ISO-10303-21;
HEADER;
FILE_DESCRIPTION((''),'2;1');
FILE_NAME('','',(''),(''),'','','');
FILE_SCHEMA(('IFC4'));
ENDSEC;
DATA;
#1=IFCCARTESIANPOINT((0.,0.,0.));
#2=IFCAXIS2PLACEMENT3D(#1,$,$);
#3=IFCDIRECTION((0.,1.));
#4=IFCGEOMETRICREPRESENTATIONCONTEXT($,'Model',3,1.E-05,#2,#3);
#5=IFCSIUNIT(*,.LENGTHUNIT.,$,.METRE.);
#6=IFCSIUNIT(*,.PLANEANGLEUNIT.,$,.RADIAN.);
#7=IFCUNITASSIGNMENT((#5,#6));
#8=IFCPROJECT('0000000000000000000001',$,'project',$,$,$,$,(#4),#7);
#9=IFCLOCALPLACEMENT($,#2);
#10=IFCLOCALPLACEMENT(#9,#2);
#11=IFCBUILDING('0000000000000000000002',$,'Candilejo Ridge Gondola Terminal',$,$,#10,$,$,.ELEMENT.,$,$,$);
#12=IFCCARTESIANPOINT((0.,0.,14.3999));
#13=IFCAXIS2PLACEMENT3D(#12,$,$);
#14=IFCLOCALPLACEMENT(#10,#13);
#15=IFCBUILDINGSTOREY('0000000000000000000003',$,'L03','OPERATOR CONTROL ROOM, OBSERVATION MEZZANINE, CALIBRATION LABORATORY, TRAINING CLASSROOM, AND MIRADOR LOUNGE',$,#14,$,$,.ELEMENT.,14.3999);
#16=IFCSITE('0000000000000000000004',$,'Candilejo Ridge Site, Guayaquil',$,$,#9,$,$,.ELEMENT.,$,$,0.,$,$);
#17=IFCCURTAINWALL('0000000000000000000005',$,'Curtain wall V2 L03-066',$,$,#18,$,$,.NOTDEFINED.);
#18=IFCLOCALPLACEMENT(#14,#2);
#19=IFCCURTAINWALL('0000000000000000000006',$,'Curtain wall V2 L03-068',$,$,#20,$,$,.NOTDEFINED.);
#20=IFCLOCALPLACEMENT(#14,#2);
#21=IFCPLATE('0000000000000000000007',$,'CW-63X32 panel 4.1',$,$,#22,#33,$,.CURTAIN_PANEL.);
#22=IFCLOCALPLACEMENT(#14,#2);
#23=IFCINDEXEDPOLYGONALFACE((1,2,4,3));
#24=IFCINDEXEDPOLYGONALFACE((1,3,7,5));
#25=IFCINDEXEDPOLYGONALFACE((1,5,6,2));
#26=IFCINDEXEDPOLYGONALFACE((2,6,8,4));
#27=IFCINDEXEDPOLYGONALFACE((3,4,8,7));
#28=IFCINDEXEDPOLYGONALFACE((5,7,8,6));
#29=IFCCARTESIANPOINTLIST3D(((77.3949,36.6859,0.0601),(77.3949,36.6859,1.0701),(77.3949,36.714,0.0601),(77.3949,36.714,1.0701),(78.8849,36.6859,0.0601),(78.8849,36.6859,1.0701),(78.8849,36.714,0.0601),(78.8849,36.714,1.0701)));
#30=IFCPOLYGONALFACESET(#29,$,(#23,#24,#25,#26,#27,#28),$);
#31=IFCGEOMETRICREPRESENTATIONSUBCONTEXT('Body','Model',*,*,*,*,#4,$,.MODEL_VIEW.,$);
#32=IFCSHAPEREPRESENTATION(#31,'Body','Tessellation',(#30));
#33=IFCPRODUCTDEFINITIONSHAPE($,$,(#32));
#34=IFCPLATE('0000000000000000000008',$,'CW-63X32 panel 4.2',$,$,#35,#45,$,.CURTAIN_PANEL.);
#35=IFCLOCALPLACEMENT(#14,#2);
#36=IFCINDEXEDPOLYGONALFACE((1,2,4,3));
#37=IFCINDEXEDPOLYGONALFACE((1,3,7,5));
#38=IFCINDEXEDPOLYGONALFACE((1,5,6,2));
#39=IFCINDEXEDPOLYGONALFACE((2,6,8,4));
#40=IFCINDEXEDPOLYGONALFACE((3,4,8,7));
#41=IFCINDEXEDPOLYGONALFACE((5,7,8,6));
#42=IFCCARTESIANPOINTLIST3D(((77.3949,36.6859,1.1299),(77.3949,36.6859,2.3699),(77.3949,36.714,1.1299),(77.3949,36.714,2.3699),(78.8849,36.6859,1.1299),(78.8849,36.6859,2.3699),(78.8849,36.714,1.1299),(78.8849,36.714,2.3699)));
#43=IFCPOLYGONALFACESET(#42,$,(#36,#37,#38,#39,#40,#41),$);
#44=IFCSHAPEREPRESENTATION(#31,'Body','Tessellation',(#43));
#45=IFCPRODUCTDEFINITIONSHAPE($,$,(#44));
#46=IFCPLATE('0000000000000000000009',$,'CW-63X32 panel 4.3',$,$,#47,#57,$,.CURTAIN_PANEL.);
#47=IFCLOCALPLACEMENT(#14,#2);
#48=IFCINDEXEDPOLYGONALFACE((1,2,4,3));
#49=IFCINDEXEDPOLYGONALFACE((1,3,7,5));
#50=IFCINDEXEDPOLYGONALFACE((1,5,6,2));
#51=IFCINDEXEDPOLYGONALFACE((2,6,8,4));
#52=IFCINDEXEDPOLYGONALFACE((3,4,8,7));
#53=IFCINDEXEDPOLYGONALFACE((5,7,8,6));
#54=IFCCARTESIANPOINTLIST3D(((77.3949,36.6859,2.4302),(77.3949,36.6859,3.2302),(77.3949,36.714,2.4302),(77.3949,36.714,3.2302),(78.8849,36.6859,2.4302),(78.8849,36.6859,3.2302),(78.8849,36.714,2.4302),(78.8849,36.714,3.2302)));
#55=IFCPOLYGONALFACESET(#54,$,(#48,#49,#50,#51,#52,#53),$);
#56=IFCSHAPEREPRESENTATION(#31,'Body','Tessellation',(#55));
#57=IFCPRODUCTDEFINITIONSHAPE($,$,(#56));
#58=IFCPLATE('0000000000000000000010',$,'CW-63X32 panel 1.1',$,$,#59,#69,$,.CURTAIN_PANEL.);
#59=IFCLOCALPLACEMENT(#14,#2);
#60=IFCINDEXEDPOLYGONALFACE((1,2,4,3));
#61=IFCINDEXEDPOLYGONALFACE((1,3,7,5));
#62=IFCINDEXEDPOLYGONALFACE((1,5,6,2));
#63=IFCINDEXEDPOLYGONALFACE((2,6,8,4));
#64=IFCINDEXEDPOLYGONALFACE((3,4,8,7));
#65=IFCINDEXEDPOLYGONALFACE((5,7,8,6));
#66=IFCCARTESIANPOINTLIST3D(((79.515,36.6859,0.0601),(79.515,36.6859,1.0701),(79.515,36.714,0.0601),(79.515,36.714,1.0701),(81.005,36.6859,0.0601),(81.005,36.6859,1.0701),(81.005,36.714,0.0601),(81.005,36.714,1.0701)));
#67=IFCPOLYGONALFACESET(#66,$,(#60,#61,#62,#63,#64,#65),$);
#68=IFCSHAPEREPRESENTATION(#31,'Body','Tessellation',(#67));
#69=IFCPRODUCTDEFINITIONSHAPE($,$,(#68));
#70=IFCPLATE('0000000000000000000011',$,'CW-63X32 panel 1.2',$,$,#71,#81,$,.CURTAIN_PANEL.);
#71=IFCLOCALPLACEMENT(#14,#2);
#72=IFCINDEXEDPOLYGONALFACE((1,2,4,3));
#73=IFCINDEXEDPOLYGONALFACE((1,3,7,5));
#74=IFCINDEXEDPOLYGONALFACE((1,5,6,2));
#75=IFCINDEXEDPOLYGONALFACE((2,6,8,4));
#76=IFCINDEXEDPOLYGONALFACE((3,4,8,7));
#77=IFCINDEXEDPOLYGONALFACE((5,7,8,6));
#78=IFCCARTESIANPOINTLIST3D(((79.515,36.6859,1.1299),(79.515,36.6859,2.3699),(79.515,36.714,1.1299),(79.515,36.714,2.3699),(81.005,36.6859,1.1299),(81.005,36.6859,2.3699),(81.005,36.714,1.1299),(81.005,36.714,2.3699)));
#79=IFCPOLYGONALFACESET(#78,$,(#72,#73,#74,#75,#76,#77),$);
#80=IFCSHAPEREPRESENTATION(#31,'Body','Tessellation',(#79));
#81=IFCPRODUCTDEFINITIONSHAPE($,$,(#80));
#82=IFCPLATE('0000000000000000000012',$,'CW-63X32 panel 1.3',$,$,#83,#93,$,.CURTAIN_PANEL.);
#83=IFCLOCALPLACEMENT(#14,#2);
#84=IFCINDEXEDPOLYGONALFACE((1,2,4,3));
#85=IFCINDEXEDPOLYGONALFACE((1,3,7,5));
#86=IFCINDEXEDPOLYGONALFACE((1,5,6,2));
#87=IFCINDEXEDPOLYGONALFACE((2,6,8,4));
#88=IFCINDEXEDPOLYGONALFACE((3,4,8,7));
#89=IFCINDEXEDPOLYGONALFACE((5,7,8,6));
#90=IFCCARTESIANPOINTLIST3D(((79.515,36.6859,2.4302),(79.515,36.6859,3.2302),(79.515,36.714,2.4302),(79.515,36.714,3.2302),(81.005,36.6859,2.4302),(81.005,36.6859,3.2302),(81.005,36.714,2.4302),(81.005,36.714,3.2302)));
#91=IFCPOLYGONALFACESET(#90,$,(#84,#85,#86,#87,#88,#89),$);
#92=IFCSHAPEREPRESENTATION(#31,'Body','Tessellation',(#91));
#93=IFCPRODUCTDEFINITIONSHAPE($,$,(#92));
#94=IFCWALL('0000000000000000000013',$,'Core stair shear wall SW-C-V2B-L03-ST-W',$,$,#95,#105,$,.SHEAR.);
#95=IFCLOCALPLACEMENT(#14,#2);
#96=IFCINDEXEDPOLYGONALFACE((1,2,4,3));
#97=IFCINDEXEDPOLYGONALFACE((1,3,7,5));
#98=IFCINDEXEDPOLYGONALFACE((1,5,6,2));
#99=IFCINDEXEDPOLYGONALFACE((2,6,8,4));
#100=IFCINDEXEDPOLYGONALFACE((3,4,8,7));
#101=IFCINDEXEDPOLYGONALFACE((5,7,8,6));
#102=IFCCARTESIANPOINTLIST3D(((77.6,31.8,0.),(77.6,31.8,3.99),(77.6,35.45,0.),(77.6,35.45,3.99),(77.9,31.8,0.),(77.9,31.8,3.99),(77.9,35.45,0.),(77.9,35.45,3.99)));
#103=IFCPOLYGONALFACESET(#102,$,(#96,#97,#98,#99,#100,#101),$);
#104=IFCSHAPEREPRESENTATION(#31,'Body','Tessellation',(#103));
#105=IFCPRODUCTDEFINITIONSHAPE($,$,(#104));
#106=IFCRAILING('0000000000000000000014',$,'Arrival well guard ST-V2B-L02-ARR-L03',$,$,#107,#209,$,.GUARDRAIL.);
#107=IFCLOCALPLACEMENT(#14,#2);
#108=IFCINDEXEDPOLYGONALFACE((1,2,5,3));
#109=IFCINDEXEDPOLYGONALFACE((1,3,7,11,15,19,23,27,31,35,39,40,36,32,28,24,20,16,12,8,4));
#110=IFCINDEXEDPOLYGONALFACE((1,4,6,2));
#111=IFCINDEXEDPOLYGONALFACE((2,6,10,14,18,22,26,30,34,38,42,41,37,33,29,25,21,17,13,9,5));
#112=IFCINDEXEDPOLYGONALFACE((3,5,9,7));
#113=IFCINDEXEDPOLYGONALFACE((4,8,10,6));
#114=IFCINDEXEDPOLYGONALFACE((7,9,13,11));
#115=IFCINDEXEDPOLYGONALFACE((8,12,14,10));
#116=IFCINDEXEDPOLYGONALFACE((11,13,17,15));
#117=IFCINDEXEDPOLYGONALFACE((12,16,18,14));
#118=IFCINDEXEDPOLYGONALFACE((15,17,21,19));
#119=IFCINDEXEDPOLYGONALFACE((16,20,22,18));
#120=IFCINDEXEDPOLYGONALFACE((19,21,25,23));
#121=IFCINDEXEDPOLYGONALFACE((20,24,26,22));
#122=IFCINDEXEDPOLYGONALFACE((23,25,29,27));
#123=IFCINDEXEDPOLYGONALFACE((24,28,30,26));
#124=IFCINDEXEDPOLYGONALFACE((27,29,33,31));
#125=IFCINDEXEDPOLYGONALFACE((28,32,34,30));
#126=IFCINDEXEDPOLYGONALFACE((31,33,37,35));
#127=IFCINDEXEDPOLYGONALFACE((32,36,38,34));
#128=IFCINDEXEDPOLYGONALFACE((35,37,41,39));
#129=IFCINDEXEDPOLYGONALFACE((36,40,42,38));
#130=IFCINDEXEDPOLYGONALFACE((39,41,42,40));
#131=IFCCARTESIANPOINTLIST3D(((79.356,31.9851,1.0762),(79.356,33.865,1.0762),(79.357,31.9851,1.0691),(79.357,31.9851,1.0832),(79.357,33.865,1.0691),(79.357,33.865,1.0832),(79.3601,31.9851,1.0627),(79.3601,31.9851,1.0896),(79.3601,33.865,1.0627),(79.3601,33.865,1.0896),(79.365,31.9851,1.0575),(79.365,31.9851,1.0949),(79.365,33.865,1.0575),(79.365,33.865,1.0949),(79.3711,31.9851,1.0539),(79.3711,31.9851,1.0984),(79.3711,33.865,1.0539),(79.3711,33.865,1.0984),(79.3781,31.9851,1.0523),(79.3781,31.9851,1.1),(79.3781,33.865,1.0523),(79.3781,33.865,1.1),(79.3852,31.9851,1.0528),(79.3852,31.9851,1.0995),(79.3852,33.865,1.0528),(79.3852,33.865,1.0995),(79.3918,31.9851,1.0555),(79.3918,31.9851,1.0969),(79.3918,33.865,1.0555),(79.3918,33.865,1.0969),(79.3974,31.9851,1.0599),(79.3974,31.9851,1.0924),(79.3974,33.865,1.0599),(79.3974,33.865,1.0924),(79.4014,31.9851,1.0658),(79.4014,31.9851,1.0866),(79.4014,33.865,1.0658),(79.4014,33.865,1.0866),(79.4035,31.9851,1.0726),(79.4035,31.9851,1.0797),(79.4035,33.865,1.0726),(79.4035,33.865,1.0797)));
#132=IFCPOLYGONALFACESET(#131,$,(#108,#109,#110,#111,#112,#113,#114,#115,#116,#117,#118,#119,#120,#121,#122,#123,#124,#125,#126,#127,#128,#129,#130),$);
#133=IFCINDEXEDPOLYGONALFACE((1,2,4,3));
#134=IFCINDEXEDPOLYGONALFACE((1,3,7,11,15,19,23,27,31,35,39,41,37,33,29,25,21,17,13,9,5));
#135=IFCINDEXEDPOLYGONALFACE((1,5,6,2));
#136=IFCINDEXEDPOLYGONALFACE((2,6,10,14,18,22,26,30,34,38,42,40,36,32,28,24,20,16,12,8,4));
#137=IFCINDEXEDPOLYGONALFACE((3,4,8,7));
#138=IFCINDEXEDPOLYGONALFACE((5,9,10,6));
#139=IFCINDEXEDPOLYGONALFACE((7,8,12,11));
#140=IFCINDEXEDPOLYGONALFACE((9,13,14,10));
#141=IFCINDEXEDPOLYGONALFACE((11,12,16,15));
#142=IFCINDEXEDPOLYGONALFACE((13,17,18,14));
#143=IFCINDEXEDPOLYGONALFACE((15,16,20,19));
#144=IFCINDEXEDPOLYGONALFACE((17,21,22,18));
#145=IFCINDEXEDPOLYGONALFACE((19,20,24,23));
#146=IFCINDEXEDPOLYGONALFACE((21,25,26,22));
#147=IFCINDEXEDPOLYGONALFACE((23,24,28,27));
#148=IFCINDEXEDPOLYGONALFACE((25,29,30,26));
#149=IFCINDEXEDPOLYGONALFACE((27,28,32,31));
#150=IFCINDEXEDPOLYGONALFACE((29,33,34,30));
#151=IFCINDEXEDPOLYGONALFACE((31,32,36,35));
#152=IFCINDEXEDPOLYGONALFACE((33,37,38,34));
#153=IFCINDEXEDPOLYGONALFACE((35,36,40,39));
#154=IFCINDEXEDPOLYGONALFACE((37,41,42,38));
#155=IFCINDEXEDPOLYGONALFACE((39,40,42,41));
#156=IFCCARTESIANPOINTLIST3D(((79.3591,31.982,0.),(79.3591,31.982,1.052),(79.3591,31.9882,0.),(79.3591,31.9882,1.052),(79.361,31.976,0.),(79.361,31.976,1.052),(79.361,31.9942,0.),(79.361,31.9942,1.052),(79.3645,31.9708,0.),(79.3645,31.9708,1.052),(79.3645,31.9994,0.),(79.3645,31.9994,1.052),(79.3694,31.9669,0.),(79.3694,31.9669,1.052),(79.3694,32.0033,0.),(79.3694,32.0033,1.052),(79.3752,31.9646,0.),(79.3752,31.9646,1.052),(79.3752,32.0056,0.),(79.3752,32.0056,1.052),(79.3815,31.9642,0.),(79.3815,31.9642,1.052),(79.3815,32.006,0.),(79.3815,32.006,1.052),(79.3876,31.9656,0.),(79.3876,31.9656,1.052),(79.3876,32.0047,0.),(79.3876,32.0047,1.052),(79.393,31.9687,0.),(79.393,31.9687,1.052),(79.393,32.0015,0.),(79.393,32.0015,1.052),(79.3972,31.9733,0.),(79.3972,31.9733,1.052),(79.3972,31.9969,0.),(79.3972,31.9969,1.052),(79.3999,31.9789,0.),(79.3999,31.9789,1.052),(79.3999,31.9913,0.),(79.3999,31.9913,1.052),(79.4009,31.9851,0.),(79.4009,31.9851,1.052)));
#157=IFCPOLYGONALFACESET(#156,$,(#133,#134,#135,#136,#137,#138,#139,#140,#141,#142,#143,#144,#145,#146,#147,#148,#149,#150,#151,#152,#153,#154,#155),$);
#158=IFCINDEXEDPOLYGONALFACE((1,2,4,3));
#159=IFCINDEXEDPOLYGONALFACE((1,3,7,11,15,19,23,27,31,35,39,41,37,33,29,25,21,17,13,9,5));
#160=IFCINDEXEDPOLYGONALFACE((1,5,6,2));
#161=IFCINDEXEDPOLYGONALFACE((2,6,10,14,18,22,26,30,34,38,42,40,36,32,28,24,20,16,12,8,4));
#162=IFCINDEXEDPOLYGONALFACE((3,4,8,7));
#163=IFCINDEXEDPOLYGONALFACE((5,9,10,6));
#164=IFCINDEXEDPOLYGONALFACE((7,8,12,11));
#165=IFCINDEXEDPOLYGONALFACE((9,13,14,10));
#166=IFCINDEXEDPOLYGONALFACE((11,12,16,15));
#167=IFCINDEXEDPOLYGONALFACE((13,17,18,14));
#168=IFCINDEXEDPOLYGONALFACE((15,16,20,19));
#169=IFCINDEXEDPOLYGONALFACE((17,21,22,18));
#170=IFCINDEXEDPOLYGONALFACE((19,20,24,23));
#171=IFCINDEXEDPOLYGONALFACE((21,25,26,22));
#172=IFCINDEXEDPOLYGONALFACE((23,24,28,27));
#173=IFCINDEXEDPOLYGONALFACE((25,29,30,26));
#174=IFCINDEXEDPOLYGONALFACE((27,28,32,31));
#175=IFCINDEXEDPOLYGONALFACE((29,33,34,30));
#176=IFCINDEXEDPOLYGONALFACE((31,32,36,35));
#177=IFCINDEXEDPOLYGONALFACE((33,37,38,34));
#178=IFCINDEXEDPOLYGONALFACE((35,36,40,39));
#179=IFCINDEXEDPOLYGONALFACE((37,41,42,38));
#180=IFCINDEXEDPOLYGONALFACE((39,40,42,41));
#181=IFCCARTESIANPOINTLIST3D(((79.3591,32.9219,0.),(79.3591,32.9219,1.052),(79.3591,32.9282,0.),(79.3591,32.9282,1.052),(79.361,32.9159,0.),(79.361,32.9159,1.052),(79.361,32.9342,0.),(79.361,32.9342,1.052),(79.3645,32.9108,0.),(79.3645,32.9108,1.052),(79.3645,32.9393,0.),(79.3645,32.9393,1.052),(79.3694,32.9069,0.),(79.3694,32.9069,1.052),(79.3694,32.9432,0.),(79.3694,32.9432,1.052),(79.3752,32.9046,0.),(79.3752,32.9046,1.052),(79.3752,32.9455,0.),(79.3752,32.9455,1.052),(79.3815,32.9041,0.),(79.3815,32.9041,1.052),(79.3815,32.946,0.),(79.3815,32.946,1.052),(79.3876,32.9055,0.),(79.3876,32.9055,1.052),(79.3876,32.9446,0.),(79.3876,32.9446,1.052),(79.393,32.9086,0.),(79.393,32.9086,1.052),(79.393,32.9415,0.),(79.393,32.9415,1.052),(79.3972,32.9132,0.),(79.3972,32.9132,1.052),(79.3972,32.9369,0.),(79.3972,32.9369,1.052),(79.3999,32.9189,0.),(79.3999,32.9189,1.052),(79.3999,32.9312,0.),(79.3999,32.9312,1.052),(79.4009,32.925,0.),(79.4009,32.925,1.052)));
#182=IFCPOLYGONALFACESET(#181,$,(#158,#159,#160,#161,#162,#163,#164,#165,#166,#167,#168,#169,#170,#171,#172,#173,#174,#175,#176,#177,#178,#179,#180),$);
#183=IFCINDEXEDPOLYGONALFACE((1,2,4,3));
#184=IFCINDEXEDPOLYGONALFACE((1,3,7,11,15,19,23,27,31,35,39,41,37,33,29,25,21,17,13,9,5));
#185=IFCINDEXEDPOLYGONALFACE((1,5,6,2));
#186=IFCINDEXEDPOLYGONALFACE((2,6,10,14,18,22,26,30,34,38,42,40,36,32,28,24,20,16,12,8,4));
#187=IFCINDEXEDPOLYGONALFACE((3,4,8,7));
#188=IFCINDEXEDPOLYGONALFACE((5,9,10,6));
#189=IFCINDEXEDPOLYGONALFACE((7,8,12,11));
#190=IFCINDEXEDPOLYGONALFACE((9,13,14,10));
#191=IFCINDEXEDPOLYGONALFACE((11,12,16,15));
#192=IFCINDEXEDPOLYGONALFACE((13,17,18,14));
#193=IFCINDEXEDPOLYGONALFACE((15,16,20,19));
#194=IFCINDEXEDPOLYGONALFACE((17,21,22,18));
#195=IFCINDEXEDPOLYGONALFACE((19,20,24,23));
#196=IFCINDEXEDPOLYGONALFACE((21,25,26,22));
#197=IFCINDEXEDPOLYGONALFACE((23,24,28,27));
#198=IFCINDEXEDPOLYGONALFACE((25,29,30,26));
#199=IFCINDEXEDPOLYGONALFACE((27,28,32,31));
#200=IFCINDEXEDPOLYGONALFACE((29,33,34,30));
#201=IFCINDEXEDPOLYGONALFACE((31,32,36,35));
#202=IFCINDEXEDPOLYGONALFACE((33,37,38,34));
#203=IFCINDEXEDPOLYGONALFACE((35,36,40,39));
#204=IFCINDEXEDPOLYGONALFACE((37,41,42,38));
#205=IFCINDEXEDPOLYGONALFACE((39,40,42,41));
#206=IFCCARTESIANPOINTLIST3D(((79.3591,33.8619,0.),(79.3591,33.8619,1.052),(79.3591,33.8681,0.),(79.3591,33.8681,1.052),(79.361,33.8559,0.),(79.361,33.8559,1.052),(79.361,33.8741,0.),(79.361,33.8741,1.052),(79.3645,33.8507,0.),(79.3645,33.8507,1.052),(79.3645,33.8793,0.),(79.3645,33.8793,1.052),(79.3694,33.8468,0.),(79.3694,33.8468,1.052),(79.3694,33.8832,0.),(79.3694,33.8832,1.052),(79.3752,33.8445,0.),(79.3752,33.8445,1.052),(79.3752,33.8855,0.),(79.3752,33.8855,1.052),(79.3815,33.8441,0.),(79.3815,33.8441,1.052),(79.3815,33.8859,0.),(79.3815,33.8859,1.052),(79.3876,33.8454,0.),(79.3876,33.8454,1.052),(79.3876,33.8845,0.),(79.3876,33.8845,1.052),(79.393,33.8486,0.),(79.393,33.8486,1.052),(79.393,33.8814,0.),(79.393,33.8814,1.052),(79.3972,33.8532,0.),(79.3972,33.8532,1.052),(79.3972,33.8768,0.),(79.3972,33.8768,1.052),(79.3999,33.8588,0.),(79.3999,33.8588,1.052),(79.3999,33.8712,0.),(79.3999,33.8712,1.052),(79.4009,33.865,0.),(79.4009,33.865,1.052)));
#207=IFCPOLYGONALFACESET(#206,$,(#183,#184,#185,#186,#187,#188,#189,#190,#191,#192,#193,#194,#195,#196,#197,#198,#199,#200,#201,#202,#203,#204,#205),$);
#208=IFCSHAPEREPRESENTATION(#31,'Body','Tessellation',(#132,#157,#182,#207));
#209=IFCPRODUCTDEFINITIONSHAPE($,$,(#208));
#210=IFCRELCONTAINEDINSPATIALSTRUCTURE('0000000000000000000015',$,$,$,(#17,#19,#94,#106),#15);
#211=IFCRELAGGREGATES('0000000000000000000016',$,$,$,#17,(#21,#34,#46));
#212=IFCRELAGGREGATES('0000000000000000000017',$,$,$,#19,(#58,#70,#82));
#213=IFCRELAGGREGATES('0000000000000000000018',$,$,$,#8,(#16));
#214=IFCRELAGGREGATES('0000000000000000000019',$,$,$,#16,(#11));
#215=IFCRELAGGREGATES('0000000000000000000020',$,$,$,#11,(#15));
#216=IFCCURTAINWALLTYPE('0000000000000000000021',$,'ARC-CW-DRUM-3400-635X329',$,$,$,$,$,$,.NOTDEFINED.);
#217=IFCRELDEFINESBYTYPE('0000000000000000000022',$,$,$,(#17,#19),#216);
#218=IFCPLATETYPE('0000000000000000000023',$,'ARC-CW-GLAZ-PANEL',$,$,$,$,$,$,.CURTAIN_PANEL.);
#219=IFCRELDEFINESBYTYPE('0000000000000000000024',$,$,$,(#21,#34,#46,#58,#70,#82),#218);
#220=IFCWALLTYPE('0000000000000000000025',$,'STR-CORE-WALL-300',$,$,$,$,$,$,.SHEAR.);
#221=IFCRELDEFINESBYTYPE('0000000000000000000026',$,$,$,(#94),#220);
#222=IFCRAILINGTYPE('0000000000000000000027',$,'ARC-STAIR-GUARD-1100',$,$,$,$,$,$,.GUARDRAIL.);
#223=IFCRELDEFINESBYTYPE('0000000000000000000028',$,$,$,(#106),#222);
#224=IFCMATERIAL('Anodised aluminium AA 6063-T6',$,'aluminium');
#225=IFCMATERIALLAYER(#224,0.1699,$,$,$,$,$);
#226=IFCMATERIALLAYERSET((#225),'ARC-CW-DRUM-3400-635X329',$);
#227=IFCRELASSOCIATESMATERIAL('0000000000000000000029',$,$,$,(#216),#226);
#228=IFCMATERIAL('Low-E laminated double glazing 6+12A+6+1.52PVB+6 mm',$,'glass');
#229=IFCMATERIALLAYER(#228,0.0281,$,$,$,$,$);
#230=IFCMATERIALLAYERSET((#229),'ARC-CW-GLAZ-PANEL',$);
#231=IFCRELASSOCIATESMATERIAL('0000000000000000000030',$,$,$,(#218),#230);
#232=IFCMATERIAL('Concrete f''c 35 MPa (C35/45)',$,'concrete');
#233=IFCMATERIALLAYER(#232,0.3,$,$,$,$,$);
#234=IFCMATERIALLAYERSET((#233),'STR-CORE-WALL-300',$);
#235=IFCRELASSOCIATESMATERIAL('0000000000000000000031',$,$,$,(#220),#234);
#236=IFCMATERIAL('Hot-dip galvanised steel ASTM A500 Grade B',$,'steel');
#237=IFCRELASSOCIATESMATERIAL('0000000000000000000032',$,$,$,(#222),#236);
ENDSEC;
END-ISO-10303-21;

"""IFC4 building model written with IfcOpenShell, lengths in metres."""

from ifc_helpers import new_model, si_unit, direction, frame, frame_2d, origin, origin_2d, place, context, subcontext, project, spatial, rectangle, circle, extrude, material, layer, layer_set, type_object, element, aggregate, save


model = new_model("IFC4")

# Units and contexts
model_context = context("Model", 3, precision=1e-05, world=origin(), true_north=direction((0.0, 1.0)))
body_context = subcontext(model_context, "Body", "Model", "MODEL_VIEW")
ifc_project = project(units=[si_unit("LENGTHUNIT", "METRE"), si_unit("PLANEANGLEUNIT", "RADIAN")], contexts=[model_context])

# Site, building, storey
site_placement = place(None, origin())
site = spatial("IfcSite", under=ifc_project, at=site_placement, Name="Candilejo Ridge Site, Guayaquil", CompositionType="ELEMENT", RefElevation=0.0)
building_placement = place(site_placement, origin())
building = spatial("IfcBuilding", under=site, at=building_placement, Name="Candilejo Ridge Gondola Terminal", CompositionType="ELEMENT")
storey_placement = place(building_placement, frame((0.0, 0.0, 14.3999)))
storey = spatial("IfcBuildingStorey", under=building, at=storey_placement, Name="L03", Description="OPERATOR CONTROL ROOM, OBSERVATION MEZZANINE, CALIBRATION LABORATORY, TRAINING CLASSROOM, AND MIRADOR LOUNGE", CompositionType="ELEMENT", Elevation=14.3999)

# Curtain wall
ifc_material_1 = material(Name="Anodised aluminium AA 6063-T6", Category="aluminium")
ifc_layer_1 = layer(ifc_material_1, 0.1699)
ifc_layer_set_1 = layer_set([ifc_layer_1], Name="ARC-CW-DRUM-3400-635X329")
curtain_wall_type = type_object("IfcCurtainWallType", Name="ARC-CW-DRUM-3400-635X329", PredefinedType="NOTDEFINED", material=ifc_layer_set_1)
curtain_wall_1_placement = place(storey_placement, origin())
curtain_wall_1 = element("IfcCurtainWall", 1, at=curtain_wall_1_placement, inside=storey, type_object=curtain_wall_type, Name="Curtain wall V2 L03-066", PredefinedType="NOTDEFINED")

# Curtain wall
curtain_wall_2_placement = place(storey_placement, origin())
curtain_wall_2 = element("IfcCurtainWall", 2, at=curtain_wall_2_placement, inside=storey, type_object=curtain_wall_type, Name="Curtain wall V2 L03-068", PredefinedType="NOTDEFINED")

# Plates
ifc_material_2 = material(Name="Low-E laminated double glazing 6+12A+6+1.52PVB+6 mm", Category="glass")
ifc_layer_2 = layer(ifc_material_2, 0.0281)
ifc_layer_set_2 = layer_set([ifc_layer_2], Name="ARC-CW-GLAZ-PANEL")
plate_type = type_object("IfcPlateType", Name="ARC-CW-GLAZ-PANEL", PredefinedType="CURTAIN_PANEL", material=ifc_layer_set_2)
plate_1_placement = place(storey_placement, frame((78.1399, 36.7, 0.0601), z_axis=(0.0, 0.0, 1.0), x_axis=(1.0, 0.0, 0.0)))
plate_1 = element("IfcPlate", 3, at=plate_1_placement, type_object=plate_type, Name="CW-63X32 panel 4.1", PredefinedType="CURTAIN_PANEL", context=body_context, shape_type="SweptSolid", body=[
    extrude(rectangle(XDim=1.49, YDim=0.0281, at=origin_2d()), origin(), (0.0, 0.0, 1.0), 1.01),
])
plate_2_placement = place(storey_placement, frame((78.1399, 36.7, 1.1299), z_axis=(0.0, 0.0, 1.0), x_axis=(1.0, 0.0, 0.0)))
plate_2 = element("IfcPlate", 4, at=plate_2_placement, type_object=plate_type, Name="CW-63X32 panel 4.2", PredefinedType="CURTAIN_PANEL", context=body_context, shape_type="SweptSolid", body=[
    extrude(rectangle(XDim=1.49, YDim=0.0281, at=origin_2d()), origin(), (0.0, 0.0, 1.0), 1.24),
])
plate_3_placement = place(storey_placement, frame((78.1399, 36.7, 2.4302), z_axis=(0.0, 0.0, 1.0), x_axis=(1.0, 0.0, 0.0)))
plate_3 = element("IfcPlate", 5, at=plate_3_placement, type_object=plate_type, Name="CW-63X32 panel 4.3", PredefinedType="CURTAIN_PANEL", context=body_context, shape_type="SweptSolid", body=[
    extrude(rectangle(XDim=1.49, YDim=0.0281, at=origin_2d()), origin(), (0.0, 0.0, 1.0), 0.8),
])
aggregate(curtain_wall_1, [plate_1, plate_2, plate_3])
plate_4_placement = place(storey_placement, frame((80.26, 36.7, 0.0601), z_axis=(0.0, 0.0, 1.0), x_axis=(1.0, 0.0, 0.0)))
plate_4 = element("IfcPlate", 6, at=plate_4_placement, type_object=plate_type, Name="CW-63X32 panel 1.1", PredefinedType="CURTAIN_PANEL", context=body_context, shape_type="SweptSolid", body=[
    extrude(rectangle(XDim=1.49, YDim=0.0281, at=origin_2d()), origin(), (0.0, 0.0, 1.0), 1.01),
])
plate_5_placement = place(storey_placement, frame((80.26, 36.7, 1.1299), z_axis=(0.0, 0.0, 1.0), x_axis=(1.0, 0.0, 0.0)))
plate_5 = element("IfcPlate", 7, at=plate_5_placement, type_object=plate_type, Name="CW-63X32 panel 1.2", PredefinedType="CURTAIN_PANEL", context=body_context, shape_type="SweptSolid", body=[
    extrude(rectangle(XDim=1.49, YDim=0.0281, at=origin_2d()), origin(), (0.0, 0.0, 1.0), 1.24),
])
plate_6_placement = place(storey_placement, frame((80.26, 36.7, 2.4302), z_axis=(0.0, 0.0, 1.0), x_axis=(1.0, 0.0, 0.0)))
plate_6 = element("IfcPlate", 8, at=plate_6_placement, type_object=plate_type, Name="CW-63X32 panel 1.3", PredefinedType="CURTAIN_PANEL", context=body_context, shape_type="SweptSolid", body=[
    extrude(rectangle(XDim=1.49, YDim=0.0281, at=origin_2d()), origin(), (0.0, 0.0, 1.0), 0.8),
])
aggregate(curtain_wall_2, [plate_4, plate_5, plate_6])

# Wall
ifc_material_3 = material(Name="Concrete f'c 35 MPa (C35/45)", Category="concrete")
ifc_layer_3 = layer(ifc_material_3, 0.3)
ifc_layer_set_3 = layer_set([ifc_layer_3], Name="STR-CORE-WALL-300")
wall_type = type_object("IfcWallType", Name="STR-CORE-WALL-300", PredefinedType="SHEAR", material=ifc_layer_set_3)
wall_placement = place(storey_placement, frame((77.75, 35.45, 0.0), z_axis=(0.0, 0.0, 1.0), x_axis=(0.0, -1.0, 0.0)))
element("IfcWall", 9, at=wall_placement, inside=storey, type_object=wall_type, Name="Core stair shear wall SW-C-V2B-L03-ST-W", PredefinedType="SHEAR", context=body_context, shape_type="SweptSolid", body=[
    extrude(rectangle(XDim=3.6499, YDim=0.3, at=frame_2d((1.825, 0.0))), origin(), (0.0, 0.0, 1.0), 3.99),
])

# Railing
ifc_material_4 = material(Name="Hot-dip galvanised steel ASTM A500 Grade B", Category="steel")
railing_type = type_object("IfcRailingType", Name="ARC-STAIR-GUARD-1100", PredefinedType="GUARDRAIL", material=ifc_material_4)
railing_placement = place(storey_placement, frame((79.3799, 31.9851, 0.0)))
element("IfcRailing", 10, at=railing_placement, inside=storey, type_object=railing_type, Name="Arrival well guard ST-V2B-L02-ARR-L03", PredefinedType="GUARDRAIL", context=body_context, shape_type="SweptSolid", body=[
    extrude(circle(Radius=0.0239, at=origin_2d()), frame((0.0, 0.0, 1.0762), z_axis=(0.0, 1.0, 0.0), x_axis=(-1.0, 0.0, 0.0)), (0.0, 0.0, 1.0), 1.8799),
    extrude(circle(Radius=0.021, at=origin_2d()), origin(), (0.0, 0.0, 1.0), 1.052),
    extrude(circle(Radius=0.021, at=origin_2d()), frame((0.0, 0.9399, 0.0)), (0.0, 0.0, 1.0), 1.052),
    extrude(circle(Radius=0.021, at=origin_2d()), frame((0.0, 1.8799, 0.0)), (0.0, 0.0, 1.0), 1.052),
])

save(model, "model.ifc")
